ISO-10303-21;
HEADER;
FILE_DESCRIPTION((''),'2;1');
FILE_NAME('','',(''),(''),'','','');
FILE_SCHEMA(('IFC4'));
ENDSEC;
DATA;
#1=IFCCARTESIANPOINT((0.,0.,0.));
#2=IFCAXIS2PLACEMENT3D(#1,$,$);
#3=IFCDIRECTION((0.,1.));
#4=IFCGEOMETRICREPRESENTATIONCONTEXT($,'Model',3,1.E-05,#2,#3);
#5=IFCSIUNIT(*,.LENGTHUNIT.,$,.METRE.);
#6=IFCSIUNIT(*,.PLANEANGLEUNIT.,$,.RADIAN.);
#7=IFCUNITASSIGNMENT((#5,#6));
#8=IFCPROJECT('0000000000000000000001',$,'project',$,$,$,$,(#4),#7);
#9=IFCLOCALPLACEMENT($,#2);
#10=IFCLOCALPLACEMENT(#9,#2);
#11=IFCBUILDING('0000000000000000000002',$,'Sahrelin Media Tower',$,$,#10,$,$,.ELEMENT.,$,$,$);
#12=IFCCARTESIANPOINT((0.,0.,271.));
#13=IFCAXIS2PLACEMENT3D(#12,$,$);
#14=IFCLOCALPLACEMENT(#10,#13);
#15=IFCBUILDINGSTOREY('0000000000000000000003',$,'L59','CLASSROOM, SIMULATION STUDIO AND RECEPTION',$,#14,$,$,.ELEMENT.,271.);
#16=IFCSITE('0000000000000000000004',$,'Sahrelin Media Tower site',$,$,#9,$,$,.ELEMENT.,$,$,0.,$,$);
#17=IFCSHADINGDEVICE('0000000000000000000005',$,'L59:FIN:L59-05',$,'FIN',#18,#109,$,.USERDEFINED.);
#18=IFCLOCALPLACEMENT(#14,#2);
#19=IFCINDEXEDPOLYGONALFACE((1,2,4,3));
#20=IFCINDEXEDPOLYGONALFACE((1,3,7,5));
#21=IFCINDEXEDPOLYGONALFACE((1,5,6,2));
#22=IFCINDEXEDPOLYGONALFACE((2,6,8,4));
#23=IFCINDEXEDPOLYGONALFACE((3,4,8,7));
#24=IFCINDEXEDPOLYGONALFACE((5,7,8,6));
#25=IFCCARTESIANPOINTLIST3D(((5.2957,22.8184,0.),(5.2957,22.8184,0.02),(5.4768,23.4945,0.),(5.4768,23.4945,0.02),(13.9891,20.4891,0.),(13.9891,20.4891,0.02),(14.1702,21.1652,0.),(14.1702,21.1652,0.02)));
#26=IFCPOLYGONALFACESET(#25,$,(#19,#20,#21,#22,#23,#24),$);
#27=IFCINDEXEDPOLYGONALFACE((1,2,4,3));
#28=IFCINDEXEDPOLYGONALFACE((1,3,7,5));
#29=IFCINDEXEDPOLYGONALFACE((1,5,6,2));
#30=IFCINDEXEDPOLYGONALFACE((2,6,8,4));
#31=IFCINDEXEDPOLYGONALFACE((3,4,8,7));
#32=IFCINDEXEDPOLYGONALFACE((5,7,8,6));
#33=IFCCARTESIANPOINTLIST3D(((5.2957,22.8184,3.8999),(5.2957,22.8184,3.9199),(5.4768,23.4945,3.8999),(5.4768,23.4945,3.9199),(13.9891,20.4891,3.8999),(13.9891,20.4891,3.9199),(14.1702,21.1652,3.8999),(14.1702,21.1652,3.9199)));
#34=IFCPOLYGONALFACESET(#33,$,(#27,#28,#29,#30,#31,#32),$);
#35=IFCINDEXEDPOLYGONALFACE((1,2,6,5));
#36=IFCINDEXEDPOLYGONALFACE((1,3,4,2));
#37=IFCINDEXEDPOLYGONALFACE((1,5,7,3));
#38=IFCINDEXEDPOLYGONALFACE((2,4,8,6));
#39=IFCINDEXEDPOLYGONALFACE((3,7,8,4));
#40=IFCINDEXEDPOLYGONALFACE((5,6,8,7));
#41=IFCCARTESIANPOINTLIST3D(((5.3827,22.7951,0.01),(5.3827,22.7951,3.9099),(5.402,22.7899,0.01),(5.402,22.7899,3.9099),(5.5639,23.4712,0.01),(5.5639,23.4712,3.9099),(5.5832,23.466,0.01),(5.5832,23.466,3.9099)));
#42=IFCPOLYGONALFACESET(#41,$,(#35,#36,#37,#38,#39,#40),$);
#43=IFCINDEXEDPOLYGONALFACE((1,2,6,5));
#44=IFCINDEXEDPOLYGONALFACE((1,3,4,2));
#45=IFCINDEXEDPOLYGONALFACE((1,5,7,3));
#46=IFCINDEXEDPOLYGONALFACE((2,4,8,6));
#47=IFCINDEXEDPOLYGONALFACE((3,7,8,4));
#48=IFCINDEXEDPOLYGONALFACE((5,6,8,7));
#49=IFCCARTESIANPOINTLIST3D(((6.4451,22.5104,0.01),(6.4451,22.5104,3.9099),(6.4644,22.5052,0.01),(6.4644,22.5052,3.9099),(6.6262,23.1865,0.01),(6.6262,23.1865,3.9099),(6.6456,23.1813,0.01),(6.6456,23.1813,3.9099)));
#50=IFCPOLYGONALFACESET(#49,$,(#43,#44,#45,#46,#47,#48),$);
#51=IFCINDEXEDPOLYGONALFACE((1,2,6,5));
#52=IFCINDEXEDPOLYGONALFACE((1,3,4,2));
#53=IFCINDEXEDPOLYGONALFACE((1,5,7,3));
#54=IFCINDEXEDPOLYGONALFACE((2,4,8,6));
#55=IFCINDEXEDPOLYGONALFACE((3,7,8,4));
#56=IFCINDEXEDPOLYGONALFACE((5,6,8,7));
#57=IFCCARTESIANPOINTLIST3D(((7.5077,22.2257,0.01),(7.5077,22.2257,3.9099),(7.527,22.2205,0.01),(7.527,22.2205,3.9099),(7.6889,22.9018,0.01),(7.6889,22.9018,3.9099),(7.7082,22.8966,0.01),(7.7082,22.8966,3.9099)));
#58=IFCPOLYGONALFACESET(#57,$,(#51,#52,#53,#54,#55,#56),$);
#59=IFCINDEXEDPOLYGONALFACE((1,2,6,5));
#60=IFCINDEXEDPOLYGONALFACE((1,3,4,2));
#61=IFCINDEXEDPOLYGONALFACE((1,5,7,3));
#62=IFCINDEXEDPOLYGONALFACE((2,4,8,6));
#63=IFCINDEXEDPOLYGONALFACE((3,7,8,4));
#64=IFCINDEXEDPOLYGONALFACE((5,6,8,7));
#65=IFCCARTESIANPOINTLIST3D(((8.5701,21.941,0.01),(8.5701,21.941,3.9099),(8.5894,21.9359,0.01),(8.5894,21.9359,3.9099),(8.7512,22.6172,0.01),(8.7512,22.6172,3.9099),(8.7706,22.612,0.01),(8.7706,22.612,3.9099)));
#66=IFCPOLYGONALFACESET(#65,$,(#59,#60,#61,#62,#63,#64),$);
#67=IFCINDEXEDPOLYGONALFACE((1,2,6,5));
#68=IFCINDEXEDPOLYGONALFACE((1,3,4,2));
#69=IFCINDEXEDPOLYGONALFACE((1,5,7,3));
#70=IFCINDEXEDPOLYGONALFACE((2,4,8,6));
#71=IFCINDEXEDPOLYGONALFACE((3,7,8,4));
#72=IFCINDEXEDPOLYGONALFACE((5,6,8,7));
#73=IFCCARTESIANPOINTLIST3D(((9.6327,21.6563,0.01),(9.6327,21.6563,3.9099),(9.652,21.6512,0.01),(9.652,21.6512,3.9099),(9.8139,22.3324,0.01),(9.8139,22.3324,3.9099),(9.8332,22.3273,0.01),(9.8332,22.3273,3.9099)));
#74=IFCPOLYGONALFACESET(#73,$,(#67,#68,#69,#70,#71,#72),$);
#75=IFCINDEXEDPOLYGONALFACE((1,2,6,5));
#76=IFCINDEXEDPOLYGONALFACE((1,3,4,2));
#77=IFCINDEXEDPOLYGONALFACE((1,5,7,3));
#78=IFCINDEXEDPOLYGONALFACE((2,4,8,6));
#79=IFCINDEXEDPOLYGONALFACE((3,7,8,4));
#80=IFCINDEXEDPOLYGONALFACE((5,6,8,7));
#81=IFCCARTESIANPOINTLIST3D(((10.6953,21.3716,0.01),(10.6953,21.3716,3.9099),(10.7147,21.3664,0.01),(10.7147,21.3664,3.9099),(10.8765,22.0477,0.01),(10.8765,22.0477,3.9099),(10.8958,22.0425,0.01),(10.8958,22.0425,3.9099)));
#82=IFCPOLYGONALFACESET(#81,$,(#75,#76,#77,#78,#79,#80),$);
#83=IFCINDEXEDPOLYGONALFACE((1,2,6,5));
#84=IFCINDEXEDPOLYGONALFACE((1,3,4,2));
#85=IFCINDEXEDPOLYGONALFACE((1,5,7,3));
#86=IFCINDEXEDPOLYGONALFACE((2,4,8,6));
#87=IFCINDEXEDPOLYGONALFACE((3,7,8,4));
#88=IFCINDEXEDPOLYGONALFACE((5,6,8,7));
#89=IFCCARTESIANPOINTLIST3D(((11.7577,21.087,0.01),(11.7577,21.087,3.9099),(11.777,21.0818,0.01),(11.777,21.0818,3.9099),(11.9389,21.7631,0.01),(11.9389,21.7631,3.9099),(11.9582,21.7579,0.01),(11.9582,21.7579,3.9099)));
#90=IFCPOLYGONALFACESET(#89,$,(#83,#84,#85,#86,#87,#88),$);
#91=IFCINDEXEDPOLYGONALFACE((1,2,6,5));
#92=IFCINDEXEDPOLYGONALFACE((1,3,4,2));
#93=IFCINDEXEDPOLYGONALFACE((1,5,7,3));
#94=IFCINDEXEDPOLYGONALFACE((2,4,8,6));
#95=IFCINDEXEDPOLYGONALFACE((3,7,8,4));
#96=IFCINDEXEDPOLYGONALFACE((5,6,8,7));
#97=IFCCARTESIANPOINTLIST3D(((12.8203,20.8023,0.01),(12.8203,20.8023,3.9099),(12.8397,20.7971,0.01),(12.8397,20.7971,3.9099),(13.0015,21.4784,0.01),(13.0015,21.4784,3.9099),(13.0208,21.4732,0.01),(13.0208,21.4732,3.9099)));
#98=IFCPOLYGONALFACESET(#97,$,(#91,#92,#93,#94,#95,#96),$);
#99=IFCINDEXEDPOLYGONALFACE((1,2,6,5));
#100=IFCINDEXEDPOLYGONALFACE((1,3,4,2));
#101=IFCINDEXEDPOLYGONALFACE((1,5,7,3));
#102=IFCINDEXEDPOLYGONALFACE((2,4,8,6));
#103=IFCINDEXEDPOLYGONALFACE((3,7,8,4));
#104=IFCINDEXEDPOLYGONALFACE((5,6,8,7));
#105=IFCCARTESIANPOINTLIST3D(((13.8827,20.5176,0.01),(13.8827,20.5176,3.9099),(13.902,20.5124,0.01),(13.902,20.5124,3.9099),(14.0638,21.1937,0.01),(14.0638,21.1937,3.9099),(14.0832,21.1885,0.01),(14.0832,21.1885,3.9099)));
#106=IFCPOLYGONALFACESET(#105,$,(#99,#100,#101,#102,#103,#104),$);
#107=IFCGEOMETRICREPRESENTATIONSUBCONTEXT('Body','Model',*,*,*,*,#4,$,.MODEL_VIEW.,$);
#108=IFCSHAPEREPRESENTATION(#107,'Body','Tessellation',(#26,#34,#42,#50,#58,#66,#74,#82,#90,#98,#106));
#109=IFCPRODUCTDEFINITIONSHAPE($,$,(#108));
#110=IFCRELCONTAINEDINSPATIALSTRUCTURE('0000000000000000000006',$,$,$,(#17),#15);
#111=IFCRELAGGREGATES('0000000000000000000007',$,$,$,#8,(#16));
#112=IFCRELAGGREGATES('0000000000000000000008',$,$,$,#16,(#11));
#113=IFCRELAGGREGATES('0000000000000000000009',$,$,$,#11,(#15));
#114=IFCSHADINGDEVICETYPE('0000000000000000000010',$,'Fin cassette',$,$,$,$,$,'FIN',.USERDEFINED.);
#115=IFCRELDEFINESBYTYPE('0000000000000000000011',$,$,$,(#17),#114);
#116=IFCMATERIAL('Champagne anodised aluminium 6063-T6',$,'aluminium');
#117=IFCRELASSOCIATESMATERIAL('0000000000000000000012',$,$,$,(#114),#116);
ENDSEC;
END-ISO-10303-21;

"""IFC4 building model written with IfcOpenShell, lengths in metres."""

from ifc_helpers import new_model, si_unit, direction, frame, origin, origin_2d, place, context, subcontext, project, spatial, rectangle, extrude, material, type_object, element, save


model = new_model("IFC4")

# Units and contexts
model_context = context("Model", 3, precision=1e-05, world=origin(), true_north=direction((0.0, 1.0)))
body_context = subcontext(model_context, "Body", "Model", "MODEL_VIEW")
ifc_project = project(units=[si_unit("LENGTHUNIT", "METRE"), si_unit("PLANEANGLEUNIT", "RADIAN")], contexts=[model_context])

# Site, building, storey
site_placement = place(None, origin())
site = spatial("IfcSite", under=ifc_project, at=site_placement, Name="Sahrelin Media Tower site", CompositionType="ELEMENT", RefElevation=0.0)
building_placement = place(site_placement, origin())
building = spatial("IfcBuilding", under=site, at=building_placement, Name="Sahrelin Media Tower", CompositionType="ELEMENT")
storey_placement = place(building_placement, frame((0.0, 0.0, 271.0)))
storey = spatial("IfcBuildingStorey", under=building, at=storey_placement, Name="L59", Description="CLASSROOM, SIMULATION STUDIO AND RECEPTION", CompositionType="ELEMENT", Elevation=271.0)

# Shared definitions
ifc_material_1 = material(Name="Champagne anodised aluminium 6063-T6", Category="aluminium")

# Shading device
shading_device_type_1 = type_object("IfcShadingDeviceType", Name="Fin cassette", ElementType="FIN", PredefinedType="USERDEFINED", material=ifc_material_1)
placement = place(storey_placement, frame((9.6243, 21.5862, 0.0), z_axis=(0.0, 0.0, 1.0), x_axis=(0.965929, -0.258808, 0.0)))
element("IfcShadingDevice", 1, at=placement, inside=storey, type_object=shading_device_type_1, Name="L59:FIN:L59-05", ObjectType="FIN", PredefinedType="USERDEFINED", context=body_context, shape_type="SweptSolid", body=[
    extrude(rectangle(XDim=9.0, YDim=0.7, at=origin_2d()), frame((0.0, 0.4199, 0.0)), (0.0, 0.0, 1.0), 0.02),
    extrude(rectangle(XDim=9.0, YDim=0.7, at=origin_2d()), frame((0.0, 0.4199, 3.8999)), (0.0, 0.0, 1.0), 0.02),
    extrude(rectangle(XDim=0.02, YDim=0.7, at=origin_2d()), frame((-4.3999, 0.4199, 0.01), z_axis=(0.0, 0.0, 1.0), x_axis=(1.0, 0.0, 0.0)), (0.0, 0.0, 1.0), 3.8999),
    extrude(rectangle(XDim=0.02, YDim=0.7, at=origin_2d()), frame((-3.3, 0.4199, 0.01), z_axis=(0.0, 0.0, 1.0), x_axis=(1.0, 0.0, 0.0)), (0.0, 0.0, 1.0), 3.8999),
    extrude(rectangle(XDim=0.02, YDim=0.7, at=origin_2d()), frame((-2.2, 0.4199, 0.01), z_axis=(0.0, 0.0, 1.0), x_axis=(1.0, 0.0, 0.0)), (0.0, 0.0, 1.0), 3.8999),
    extrude(rectangle(XDim=0.02, YDim=0.7, at=origin_2d()), frame((-1.1001, 0.4199, 0.01), z_axis=(0.0, 0.0, 1.0), x_axis=(1.0, 0.0, 0.0)), (0.0, 0.0, 1.0), 3.8999),
    extrude(rectangle(XDim=0.02, YDim=0.7, at=origin_2d()), frame((0.0, 0.4199, 0.01), z_axis=(0.0, 0.0, 1.0), x_axis=(1.0, 0.0, 0.0)), (0.0, 0.0, 1.0), 3.8999),
    extrude(rectangle(XDim=0.02, YDim=0.7, at=origin_2d()), frame((1.1001, 0.4199, 0.01), z_axis=(0.0, 0.0, 1.0), x_axis=(1.0, 0.0, 0.0)), (0.0, 0.0, 1.0), 3.8999),
    extrude(rectangle(XDim=0.02, YDim=0.7, at=origin_2d()), frame((2.2, 0.4199, 0.01), z_axis=(0.0, 0.0, 1.0), x_axis=(1.0, 0.0, 0.0)), (0.0, 0.0, 1.0), 3.8999),
    extrude(rectangle(XDim=0.02, YDim=0.7, at=origin_2d()), frame((3.3, 0.4199, 0.01), z_axis=(0.0, 0.0, 1.0), x_axis=(1.0, 0.0, 0.0)), (0.0, 0.0, 1.0), 3.8999),
    extrude(rectangle(XDim=0.02, YDim=0.7, at=origin_2d()), frame((4.3999, 0.4199, 0.01), z_axis=(0.0, 0.0, 1.0), x_axis=(1.0, 0.0, 0.0)), (0.0, 0.0, 1.0), 3.8999),
])

save(model, "model.ifc")
